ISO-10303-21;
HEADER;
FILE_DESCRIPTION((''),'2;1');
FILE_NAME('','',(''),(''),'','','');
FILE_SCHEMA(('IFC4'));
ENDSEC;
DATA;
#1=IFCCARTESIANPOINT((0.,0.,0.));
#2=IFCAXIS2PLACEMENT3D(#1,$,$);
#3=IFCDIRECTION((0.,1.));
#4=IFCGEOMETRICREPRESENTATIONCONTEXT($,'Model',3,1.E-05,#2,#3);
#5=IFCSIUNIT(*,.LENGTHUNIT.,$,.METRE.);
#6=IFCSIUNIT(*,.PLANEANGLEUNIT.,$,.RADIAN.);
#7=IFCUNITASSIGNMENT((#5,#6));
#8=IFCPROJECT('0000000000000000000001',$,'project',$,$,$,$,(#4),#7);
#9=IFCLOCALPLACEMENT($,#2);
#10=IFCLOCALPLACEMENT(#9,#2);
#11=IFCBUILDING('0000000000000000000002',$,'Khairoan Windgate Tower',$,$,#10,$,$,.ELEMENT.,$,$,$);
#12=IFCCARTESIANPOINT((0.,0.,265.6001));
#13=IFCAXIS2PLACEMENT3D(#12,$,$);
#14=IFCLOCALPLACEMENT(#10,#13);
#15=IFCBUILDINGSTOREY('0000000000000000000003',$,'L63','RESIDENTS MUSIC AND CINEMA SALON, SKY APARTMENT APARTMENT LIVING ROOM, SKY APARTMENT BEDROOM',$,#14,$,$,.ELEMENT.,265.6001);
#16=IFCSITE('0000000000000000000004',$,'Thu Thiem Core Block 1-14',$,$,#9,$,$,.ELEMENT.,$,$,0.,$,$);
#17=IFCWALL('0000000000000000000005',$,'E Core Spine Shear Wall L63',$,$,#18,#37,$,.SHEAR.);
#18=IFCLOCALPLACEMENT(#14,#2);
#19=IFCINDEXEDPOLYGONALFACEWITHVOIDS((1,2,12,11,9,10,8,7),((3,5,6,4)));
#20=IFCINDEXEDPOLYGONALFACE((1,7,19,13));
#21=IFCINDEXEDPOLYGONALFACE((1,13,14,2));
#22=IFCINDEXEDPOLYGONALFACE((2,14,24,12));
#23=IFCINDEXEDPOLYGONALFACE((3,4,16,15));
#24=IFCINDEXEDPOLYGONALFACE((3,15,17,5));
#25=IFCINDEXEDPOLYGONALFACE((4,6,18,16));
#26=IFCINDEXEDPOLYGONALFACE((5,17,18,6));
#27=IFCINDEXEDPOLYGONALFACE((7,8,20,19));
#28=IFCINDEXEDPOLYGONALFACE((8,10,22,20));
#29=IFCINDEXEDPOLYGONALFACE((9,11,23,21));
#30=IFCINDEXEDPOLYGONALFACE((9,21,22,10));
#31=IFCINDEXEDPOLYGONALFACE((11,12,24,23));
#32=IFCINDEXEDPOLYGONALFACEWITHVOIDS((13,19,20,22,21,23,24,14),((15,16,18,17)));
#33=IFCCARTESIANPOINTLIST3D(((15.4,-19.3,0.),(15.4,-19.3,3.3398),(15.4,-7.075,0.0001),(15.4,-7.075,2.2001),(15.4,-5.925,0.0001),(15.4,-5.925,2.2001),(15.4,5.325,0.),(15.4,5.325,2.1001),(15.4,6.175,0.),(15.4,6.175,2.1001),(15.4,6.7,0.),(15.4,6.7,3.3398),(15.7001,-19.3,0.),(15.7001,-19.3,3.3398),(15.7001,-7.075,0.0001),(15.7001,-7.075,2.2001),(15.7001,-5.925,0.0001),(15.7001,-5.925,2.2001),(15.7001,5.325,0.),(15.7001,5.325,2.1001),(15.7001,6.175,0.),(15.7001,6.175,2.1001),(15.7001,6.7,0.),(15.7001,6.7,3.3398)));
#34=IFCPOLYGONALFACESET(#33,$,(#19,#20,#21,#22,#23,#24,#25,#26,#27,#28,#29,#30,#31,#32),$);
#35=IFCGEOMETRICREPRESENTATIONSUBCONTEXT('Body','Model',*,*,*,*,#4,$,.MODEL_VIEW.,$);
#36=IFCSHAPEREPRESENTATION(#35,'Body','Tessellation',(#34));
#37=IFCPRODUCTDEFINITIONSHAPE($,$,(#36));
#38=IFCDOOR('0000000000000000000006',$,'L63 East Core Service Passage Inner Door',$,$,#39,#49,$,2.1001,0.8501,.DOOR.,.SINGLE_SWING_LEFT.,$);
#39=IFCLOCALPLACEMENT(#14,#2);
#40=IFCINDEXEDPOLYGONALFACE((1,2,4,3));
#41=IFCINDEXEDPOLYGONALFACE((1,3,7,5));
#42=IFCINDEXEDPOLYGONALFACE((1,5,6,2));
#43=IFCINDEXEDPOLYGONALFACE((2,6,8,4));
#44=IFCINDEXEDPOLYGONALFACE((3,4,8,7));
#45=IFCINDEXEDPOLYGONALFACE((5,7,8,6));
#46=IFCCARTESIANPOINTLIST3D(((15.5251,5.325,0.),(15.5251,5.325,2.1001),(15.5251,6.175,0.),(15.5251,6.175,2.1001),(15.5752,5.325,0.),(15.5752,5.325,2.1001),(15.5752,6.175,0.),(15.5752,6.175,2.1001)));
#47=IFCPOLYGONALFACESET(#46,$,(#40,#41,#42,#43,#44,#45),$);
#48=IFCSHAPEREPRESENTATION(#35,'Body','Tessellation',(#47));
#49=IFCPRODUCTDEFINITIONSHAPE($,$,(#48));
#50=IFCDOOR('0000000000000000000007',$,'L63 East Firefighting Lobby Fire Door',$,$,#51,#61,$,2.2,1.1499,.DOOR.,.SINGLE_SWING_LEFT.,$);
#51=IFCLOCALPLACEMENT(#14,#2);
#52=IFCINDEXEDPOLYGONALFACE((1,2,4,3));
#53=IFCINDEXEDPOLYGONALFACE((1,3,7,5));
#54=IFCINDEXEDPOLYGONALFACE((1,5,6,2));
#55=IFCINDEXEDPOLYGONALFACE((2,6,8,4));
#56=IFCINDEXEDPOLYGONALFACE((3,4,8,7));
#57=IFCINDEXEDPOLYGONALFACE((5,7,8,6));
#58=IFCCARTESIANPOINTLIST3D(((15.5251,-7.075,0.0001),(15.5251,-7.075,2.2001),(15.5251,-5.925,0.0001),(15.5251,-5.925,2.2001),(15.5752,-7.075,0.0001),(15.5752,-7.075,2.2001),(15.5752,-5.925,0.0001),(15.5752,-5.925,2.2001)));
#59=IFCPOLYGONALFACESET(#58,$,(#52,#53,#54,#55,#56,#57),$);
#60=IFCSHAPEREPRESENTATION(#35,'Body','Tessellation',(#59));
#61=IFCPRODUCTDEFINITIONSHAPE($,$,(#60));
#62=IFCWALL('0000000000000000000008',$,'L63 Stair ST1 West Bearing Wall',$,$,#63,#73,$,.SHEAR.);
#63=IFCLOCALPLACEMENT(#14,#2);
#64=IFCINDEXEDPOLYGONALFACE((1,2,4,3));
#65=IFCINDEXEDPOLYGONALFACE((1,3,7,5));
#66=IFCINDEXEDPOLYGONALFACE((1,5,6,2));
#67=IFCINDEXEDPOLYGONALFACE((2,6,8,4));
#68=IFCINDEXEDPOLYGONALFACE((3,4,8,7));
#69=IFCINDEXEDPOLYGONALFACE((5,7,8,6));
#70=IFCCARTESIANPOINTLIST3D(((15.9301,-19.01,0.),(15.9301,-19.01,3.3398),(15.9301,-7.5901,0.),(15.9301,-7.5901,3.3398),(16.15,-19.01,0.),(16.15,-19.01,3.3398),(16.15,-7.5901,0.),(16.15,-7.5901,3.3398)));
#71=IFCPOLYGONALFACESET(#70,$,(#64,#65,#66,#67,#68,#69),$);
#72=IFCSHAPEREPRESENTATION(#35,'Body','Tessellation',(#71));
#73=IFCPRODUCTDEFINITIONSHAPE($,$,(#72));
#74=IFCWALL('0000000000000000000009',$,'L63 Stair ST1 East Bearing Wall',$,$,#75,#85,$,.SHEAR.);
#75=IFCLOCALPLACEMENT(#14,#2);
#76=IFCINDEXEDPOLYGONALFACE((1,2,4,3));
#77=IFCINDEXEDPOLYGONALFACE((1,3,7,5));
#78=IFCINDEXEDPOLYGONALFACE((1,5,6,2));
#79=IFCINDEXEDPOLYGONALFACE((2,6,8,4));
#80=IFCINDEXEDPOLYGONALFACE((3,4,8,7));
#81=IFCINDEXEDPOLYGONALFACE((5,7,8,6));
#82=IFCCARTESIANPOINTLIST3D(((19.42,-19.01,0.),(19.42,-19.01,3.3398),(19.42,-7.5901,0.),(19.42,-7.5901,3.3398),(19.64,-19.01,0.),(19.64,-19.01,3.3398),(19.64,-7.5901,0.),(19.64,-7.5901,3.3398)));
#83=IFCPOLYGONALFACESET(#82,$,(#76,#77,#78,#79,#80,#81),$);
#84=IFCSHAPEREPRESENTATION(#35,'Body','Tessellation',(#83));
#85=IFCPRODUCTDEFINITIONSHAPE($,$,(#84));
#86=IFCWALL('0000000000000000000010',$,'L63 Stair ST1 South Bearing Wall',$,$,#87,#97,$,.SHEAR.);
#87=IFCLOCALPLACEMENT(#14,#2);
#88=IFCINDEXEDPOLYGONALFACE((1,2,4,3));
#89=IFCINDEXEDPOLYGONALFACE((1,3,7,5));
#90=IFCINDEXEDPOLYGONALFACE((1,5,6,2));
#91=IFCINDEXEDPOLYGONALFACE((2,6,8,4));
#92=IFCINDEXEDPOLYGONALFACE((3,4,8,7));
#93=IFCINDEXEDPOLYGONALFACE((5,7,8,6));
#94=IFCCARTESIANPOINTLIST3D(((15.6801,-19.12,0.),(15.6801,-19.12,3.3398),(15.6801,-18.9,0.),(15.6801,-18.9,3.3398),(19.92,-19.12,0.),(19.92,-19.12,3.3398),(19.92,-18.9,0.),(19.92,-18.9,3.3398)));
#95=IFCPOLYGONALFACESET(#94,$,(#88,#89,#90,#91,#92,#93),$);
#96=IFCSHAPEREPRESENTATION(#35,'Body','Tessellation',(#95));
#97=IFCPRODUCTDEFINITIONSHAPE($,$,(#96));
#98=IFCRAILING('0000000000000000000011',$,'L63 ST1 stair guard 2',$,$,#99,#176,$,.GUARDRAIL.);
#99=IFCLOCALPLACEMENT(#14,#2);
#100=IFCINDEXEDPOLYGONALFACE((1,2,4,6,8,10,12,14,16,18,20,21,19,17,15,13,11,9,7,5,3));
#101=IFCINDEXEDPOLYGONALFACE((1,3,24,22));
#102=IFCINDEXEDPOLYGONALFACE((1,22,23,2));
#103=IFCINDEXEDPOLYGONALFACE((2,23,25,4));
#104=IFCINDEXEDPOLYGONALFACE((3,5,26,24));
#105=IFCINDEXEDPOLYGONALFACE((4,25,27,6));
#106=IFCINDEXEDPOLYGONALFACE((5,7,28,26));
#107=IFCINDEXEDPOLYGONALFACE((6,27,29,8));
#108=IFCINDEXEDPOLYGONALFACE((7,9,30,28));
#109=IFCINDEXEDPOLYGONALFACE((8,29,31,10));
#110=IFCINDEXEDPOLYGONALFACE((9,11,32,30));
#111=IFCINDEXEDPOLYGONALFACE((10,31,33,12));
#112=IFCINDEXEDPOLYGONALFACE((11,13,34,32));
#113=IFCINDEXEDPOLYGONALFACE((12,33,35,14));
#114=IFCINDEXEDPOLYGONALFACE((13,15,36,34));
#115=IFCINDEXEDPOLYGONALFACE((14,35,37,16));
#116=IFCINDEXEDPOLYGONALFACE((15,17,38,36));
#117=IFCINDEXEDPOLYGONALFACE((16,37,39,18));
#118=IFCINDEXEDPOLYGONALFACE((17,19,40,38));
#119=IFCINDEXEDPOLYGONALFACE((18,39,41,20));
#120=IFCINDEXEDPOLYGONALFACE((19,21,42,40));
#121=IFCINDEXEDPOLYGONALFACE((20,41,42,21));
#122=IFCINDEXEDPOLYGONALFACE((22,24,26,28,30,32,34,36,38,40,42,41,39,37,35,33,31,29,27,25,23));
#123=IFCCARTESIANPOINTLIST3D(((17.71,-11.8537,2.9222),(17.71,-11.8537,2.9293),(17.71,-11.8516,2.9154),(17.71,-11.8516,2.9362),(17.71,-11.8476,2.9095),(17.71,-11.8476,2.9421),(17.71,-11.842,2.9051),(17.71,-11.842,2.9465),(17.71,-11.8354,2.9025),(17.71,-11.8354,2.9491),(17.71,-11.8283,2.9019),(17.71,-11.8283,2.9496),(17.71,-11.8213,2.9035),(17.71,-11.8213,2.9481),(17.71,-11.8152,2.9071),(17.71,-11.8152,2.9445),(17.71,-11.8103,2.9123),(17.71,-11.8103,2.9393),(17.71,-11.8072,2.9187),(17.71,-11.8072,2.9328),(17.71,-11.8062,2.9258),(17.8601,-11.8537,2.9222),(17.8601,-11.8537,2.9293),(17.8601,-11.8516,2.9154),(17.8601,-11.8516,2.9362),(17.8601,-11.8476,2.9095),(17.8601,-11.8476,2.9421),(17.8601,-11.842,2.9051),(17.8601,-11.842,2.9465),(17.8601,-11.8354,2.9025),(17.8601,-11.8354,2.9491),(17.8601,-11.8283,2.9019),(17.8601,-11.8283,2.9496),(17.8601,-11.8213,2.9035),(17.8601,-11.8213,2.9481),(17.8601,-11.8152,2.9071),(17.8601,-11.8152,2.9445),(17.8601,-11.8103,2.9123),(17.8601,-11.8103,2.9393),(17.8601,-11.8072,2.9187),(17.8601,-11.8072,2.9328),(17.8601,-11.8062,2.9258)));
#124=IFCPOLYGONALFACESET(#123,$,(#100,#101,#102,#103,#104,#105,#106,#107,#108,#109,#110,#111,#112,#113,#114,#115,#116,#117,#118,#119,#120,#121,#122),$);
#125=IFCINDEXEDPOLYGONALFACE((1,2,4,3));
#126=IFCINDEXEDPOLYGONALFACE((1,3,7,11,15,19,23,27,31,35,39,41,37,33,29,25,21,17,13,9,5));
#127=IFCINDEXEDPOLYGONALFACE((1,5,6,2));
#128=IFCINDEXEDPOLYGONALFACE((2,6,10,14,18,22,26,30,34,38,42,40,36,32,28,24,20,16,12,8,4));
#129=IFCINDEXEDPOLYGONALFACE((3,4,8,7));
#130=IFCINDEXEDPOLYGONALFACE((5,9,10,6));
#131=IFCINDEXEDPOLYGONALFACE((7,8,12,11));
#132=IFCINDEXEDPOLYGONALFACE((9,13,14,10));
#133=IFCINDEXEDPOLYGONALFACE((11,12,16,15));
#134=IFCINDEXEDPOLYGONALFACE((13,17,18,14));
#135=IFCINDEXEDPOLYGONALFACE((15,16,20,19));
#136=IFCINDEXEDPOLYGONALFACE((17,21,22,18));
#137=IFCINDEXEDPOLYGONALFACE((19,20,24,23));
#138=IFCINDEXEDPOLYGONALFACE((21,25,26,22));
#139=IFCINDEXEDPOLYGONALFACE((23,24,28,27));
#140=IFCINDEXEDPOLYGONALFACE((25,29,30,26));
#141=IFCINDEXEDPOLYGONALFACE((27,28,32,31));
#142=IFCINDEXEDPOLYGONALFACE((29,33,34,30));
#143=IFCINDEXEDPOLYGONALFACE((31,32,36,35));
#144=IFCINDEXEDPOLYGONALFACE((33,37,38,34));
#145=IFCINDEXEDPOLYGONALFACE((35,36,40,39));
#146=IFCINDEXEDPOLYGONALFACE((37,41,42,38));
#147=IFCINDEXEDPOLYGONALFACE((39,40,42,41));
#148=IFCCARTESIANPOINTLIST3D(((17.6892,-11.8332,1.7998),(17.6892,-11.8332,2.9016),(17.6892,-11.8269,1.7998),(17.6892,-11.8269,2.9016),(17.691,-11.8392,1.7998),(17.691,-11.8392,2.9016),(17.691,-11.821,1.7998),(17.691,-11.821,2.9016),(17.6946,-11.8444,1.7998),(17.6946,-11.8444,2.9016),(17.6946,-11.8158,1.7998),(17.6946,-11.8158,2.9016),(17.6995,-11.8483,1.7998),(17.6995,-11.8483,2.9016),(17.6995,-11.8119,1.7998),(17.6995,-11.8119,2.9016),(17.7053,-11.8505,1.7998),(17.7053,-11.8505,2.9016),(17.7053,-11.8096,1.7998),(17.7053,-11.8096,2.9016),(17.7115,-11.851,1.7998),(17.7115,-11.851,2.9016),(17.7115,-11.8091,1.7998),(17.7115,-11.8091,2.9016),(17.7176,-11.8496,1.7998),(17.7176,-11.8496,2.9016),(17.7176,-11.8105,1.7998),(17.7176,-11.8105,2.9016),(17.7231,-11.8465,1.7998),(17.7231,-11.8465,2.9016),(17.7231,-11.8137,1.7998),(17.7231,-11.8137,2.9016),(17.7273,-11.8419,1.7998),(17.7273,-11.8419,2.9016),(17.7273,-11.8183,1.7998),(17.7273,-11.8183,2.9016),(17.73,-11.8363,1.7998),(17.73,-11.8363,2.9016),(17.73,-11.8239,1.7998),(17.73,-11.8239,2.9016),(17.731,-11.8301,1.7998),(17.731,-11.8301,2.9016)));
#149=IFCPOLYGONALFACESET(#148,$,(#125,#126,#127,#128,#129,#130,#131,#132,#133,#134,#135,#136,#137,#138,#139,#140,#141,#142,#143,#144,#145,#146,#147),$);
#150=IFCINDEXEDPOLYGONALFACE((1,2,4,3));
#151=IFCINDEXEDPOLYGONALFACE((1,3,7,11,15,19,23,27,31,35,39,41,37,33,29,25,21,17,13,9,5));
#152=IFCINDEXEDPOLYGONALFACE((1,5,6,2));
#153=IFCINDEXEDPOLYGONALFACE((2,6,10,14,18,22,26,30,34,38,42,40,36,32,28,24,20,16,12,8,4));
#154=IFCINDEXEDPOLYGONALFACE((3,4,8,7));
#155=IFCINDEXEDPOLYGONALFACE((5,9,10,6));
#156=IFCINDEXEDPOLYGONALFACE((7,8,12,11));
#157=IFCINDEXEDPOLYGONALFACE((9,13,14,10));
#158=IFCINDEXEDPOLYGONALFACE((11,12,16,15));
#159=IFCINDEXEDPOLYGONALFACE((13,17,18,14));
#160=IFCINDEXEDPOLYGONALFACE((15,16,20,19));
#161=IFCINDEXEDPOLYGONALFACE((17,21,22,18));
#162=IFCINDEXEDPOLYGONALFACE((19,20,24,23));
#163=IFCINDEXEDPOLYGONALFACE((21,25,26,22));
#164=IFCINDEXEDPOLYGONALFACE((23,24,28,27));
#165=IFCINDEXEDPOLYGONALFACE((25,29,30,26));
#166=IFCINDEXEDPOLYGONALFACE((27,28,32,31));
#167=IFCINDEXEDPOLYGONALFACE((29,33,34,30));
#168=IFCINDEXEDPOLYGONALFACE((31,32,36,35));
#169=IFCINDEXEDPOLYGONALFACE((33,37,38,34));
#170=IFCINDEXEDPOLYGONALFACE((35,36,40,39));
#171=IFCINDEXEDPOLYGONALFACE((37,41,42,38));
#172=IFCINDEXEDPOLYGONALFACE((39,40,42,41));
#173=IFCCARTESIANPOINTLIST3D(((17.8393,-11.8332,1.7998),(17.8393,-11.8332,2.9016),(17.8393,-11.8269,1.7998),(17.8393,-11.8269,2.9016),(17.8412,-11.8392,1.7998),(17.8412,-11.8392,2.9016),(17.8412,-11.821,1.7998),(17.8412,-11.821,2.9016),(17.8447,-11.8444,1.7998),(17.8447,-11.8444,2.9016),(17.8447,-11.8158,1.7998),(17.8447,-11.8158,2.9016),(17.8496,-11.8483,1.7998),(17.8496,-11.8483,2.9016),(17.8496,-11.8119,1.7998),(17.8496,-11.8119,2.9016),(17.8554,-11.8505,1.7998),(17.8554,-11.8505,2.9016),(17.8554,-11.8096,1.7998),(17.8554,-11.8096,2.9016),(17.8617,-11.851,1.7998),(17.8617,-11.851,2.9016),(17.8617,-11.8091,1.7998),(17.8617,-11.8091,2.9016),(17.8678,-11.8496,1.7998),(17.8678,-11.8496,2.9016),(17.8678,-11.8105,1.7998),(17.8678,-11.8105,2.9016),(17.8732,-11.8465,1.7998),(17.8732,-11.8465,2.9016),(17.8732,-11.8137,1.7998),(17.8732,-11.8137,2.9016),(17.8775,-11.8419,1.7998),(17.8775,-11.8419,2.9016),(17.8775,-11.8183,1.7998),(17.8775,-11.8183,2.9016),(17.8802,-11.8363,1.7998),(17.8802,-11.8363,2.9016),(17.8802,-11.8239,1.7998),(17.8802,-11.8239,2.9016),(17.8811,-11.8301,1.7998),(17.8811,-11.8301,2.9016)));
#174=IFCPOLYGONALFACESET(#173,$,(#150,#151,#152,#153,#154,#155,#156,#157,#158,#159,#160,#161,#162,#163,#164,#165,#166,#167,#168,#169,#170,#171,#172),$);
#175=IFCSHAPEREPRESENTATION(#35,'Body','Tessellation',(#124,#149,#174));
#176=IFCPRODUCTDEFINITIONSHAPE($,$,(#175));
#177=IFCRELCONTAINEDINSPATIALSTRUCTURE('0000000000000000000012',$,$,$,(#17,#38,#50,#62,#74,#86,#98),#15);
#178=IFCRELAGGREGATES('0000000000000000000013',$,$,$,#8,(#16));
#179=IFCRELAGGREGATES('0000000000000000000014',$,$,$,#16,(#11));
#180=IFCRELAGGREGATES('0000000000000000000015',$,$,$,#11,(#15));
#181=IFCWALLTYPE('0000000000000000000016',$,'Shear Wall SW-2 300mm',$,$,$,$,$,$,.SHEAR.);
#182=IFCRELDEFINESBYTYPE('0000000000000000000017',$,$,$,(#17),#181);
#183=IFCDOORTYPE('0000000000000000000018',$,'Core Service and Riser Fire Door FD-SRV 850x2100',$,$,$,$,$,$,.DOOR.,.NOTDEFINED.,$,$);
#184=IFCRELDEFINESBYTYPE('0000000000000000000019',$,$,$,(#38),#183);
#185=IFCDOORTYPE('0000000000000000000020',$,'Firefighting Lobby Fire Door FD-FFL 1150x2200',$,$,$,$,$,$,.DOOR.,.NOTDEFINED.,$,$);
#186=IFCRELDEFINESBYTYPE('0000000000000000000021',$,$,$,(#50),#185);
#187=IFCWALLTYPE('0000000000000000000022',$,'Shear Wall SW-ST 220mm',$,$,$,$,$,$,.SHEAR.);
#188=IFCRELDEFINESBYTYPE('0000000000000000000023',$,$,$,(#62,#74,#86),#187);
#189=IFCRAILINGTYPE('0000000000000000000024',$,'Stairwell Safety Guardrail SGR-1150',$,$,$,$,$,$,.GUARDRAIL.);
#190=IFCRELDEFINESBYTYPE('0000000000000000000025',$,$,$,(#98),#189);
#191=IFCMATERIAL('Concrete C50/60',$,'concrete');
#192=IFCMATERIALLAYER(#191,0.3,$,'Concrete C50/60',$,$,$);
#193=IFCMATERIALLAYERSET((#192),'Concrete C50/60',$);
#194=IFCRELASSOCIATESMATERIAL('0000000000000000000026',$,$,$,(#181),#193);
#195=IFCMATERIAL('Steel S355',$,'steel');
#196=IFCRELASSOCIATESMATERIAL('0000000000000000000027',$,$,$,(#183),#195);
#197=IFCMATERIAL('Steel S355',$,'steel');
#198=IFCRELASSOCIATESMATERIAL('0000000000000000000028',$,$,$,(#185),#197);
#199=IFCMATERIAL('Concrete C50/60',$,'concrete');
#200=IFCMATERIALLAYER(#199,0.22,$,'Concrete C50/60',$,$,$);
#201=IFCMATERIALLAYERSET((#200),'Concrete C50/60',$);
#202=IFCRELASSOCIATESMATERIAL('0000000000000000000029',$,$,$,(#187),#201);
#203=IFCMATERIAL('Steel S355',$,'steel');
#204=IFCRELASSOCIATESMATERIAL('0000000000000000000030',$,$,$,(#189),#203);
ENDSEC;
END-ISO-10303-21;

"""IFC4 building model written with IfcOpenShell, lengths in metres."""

from ifc_helpers import new_model, si_unit, direction, frame, frame_2d, origin, origin_2d, place, context, subcontext, project, spatial, rectangle, circle, extrude, material, layer, layer_set, type_object, element, fill, save


model = new_model("IFC4")

# Units and contexts
model_context = context("Model", 3, precision=1e-05, world=origin(), true_north=direction((0.0, 1.0)))
body_context = subcontext(model_context, "Body", "Model", "MODEL_VIEW")
ifc_project = project(units=[si_unit("LENGTHUNIT", "METRE"), si_unit("PLANEANGLEUNIT", "RADIAN")], contexts=[model_context])

# Site, building, storey
site_placement = place(None, origin())
site = spatial("IfcSite", under=ifc_project, at=site_placement, Name="Thu Thiem Core Block 1-14", CompositionType="ELEMENT", RefElevation=0.0)
building_placement = place(site_placement, origin())
building = spatial("IfcBuilding", under=site, at=building_placement, Name="Khairoan Windgate Tower", CompositionType="ELEMENT")
storey_placement = place(building_placement, frame((0.0, 0.0, 265.6001)))
storey = spatial("IfcBuildingStorey", under=building, at=storey_placement, Name="L63", Description="RESIDENTS MUSIC AND CINEMA SALON, SKY APARTMENT APARTMENT LIVING ROOM, SKY APARTMENT BEDROOM", CompositionType="ELEMENT", Elevation=265.6001)

# Wall, openings, doors
ifc_material_1 = material(Name="Concrete C50/60", Category="concrete")
ifc_layer_1 = layer(ifc_material_1, 0.3, Name="Concrete C50/60")
ifc_layer_set_1 = layer_set([ifc_layer_1], Name="Concrete C50/60")
wall_type_1 = type_object("IfcWallType", Name="Shear Wall SW-2 300mm", PredefinedType="SHEAR", material=ifc_layer_set_1)
wall_1_placement = place(storey_placement, frame((15.55, -19.3, 0.0), z_axis=(0.0, 0.0, 1.0), x_axis=(0.0, 1.0, 0.0)))
wall_1 = element("IfcWall", 1, at=wall_1_placement, inside=storey, type_object=wall_type_1, Name="E Core Spine Shear Wall L63", PredefinedType="SHEAR", context=body_context, shape_type="SweptSolid", body=[
    extrude(rectangle(XDim=26.0, YDim=0.3, at=frame_2d((13.0, 0.0))), origin(), (0.0, 0.0, 1.0), 3.3398),
])
opening_1_placement = place(wall_1_placement, frame((12.2251, 0.0, 0.0)))
opening_1 = element("IfcOpeningElement", 2, at=opening_1_placement, cuts=wall_1, PredefinedType="OPENING", context=body_context, shape_type="SweptSolid", body=[
    extrude(rectangle(XDim=1.1499, YDim=2.2, at=frame_2d((0.575, 1.1001))), frame((0.0, 0.1599, 0.0), z_axis=(0.0, -1.0, 0.0), x_axis=(1.0, 0.0, 0.0)), (0.0, 0.0, 1.0), 0.3201),
])
opening_2_placement = place(wall_1_placement, frame((24.625, 0.0, 0.0)))
opening_2 = element("IfcOpeningElement", 3, at=opening_2_placement, cuts=wall_1, PredefinedType="OPENING", context=body_context, shape_type="SweptSolid", body=[
    extrude(rectangle(XDim=0.8501, YDim=2.1001, at=frame_2d((0.425, 1.05))), frame((0.0, 0.1599, 0.0), z_axis=(0.0, -1.0, 0.0), x_axis=(1.0, 0.0, 0.0)), (0.0, 0.0, 1.0), 0.3201),
])
ifc_material_2 = material(Name="Steel S355", Category="steel")
door_type_1 = type_object("IfcDoorType", Name="Core Service and Riser Fire Door FD-SRV 850x2100", OperationType="NOTDEFINED", PredefinedType="DOOR", material=ifc_material_2)
door_1_placement = place(opening_2_placement, origin())
door_1 = element("IfcDoor", 4, at=door_1_placement, inside=storey, type_object=door_type_1, Name="L63 East Core Service Passage Inner Door", OperationType="SINGLE_SWING_LEFT", OverallHeight=2.1001, OverallWidth=0.8501, PredefinedType="DOOR", context=body_context, shape_type="SweptSolid", body=[
    extrude(rectangle(XDim=0.8501, YDim=2.1001, at=frame_2d((0.425, 1.05))), frame((0.0, 0.0249, 0.0), z_axis=(0.0, -1.0, 0.0), x_axis=(1.0, 0.0, 0.0)), (0.0, 0.0, 1.0), 0.05),
])
fill(opening_2, door_1)
ifc_material_3 = material(Name="Steel S355", Category="steel")
door_type_2 = type_object("IfcDoorType", Name="Firefighting Lobby Fire Door FD-FFL 1150x2200", OperationType="NOTDEFINED", PredefinedType="DOOR", material=ifc_material_3)
door_2_placement = place(opening_1_placement, origin())
door_2 = element("IfcDoor", 5, at=door_2_placement, inside=storey, type_object=door_type_2, Name="L63 East Firefighting Lobby Fire Door", OperationType="SINGLE_SWING_LEFT", OverallHeight=2.2, OverallWidth=1.1499, PredefinedType="DOOR", context=body_context, shape_type="SweptSolid", body=[
    extrude(rectangle(XDim=1.1499, YDim=2.2, at=frame_2d((0.575, 1.1001))), frame((0.0, 0.0249, 0.0), z_axis=(0.0, -1.0, 0.0), x_axis=(1.0, 0.0, 0.0)), (0.0, 0.0, 1.0), 0.05),
])
fill(opening_1, door_2)

# Walls
ifc_material_4 = material(Name="Concrete C50/60", Category="concrete")
ifc_layer_2 = layer(ifc_material_4, 0.22, Name="Concrete C50/60")
ifc_layer_set_2 = layer_set([ifc_layer_2], Name="Concrete C50/60")
wall_type_2 = type_object("IfcWallType", Name="Shear Wall SW-ST 220mm", PredefinedType="SHEAR", material=ifc_layer_set_2)
for number, where, z_axis, x_axis, name in (
    (6, (16.04, -19.01, 0.0), (0.0, 0.0, 1.0), (0.0, 1.0, 0.0), "L63 Stair ST1 West Bearing Wall"),
    (7, (19.53, -19.01, 0.0), (0.0, 0.0, 1.0), (0.0, 1.0, 0.0), "L63 Stair ST1 East Bearing Wall"),
):
    element("IfcWall", number, at=place(storey_placement, frame(where, z_axis=z_axis, x_axis=x_axis)), inside=storey, type_object=wall_type_2, Name=name, PredefinedType="SHEAR", context=body_context, shape_type="SweptSolid", body=[
        extrude(rectangle(XDim=11.4199, YDim=0.22, at=frame_2d((5.71, 0.0))), origin(), (0.0, 0.0, 1.0), 3.3398),
    ])
wall_2_placement = place(storey_placement, frame((15.6799, -19.01, 0.0), z_axis=(0.0, 0.0, 1.0), x_axis=(1.0, 0.0, 0.0)))
element("IfcWall", 8, at=wall_2_placement, inside=storey, type_object=wall_type_2, Name="L63 Stair ST1 South Bearing Wall", PredefinedType="SHEAR", context=body_context, shape_type="SweptSolid", body=[
    extrude(rectangle(XDim=4.24, YDim=0.22, at=frame_2d((2.1201, 0.0))), origin(), (0.0, 0.0, 1.0), 3.3398),
])

# Railing
ifc_material_5 = material(Name="Steel S355", Category="steel")
railing_type = type_object("IfcRailingType", Name="Stairwell Safety Guardrail SGR-1150", PredefinedType="GUARDRAIL", material=ifc_material_5)
railing_1_placement = place(storey_placement, frame((17.71, -11.8301, 1.7998)))
element("IfcRailing", 9, at=railing_1_placement, inside=storey, type_object=railing_type, Name="L63 ST1 stair guard 2", PredefinedType="GUARDRAIL", context=body_context, shape_type="SweptSolid", body=[
    extrude(circle(Radius=0.0239, at=origin_2d()), frame((0.0, 0.0, 1.126), z_axis=(1.0, 0.0, 0.0), x_axis=(0.0, 1.0, 0.0)), (0.0, 0.0, 1.0), 0.1501),
    extrude(circle(Radius=0.021, at=origin_2d()), origin(), (0.0, 0.0, 1.0), 1.1018),
    extrude(circle(Radius=0.021, at=origin_2d()), frame((0.1501, 0.0, 0.0)), (0.0, 0.0, 1.0), 1.1018),
])

save(model, "model.ifc")
